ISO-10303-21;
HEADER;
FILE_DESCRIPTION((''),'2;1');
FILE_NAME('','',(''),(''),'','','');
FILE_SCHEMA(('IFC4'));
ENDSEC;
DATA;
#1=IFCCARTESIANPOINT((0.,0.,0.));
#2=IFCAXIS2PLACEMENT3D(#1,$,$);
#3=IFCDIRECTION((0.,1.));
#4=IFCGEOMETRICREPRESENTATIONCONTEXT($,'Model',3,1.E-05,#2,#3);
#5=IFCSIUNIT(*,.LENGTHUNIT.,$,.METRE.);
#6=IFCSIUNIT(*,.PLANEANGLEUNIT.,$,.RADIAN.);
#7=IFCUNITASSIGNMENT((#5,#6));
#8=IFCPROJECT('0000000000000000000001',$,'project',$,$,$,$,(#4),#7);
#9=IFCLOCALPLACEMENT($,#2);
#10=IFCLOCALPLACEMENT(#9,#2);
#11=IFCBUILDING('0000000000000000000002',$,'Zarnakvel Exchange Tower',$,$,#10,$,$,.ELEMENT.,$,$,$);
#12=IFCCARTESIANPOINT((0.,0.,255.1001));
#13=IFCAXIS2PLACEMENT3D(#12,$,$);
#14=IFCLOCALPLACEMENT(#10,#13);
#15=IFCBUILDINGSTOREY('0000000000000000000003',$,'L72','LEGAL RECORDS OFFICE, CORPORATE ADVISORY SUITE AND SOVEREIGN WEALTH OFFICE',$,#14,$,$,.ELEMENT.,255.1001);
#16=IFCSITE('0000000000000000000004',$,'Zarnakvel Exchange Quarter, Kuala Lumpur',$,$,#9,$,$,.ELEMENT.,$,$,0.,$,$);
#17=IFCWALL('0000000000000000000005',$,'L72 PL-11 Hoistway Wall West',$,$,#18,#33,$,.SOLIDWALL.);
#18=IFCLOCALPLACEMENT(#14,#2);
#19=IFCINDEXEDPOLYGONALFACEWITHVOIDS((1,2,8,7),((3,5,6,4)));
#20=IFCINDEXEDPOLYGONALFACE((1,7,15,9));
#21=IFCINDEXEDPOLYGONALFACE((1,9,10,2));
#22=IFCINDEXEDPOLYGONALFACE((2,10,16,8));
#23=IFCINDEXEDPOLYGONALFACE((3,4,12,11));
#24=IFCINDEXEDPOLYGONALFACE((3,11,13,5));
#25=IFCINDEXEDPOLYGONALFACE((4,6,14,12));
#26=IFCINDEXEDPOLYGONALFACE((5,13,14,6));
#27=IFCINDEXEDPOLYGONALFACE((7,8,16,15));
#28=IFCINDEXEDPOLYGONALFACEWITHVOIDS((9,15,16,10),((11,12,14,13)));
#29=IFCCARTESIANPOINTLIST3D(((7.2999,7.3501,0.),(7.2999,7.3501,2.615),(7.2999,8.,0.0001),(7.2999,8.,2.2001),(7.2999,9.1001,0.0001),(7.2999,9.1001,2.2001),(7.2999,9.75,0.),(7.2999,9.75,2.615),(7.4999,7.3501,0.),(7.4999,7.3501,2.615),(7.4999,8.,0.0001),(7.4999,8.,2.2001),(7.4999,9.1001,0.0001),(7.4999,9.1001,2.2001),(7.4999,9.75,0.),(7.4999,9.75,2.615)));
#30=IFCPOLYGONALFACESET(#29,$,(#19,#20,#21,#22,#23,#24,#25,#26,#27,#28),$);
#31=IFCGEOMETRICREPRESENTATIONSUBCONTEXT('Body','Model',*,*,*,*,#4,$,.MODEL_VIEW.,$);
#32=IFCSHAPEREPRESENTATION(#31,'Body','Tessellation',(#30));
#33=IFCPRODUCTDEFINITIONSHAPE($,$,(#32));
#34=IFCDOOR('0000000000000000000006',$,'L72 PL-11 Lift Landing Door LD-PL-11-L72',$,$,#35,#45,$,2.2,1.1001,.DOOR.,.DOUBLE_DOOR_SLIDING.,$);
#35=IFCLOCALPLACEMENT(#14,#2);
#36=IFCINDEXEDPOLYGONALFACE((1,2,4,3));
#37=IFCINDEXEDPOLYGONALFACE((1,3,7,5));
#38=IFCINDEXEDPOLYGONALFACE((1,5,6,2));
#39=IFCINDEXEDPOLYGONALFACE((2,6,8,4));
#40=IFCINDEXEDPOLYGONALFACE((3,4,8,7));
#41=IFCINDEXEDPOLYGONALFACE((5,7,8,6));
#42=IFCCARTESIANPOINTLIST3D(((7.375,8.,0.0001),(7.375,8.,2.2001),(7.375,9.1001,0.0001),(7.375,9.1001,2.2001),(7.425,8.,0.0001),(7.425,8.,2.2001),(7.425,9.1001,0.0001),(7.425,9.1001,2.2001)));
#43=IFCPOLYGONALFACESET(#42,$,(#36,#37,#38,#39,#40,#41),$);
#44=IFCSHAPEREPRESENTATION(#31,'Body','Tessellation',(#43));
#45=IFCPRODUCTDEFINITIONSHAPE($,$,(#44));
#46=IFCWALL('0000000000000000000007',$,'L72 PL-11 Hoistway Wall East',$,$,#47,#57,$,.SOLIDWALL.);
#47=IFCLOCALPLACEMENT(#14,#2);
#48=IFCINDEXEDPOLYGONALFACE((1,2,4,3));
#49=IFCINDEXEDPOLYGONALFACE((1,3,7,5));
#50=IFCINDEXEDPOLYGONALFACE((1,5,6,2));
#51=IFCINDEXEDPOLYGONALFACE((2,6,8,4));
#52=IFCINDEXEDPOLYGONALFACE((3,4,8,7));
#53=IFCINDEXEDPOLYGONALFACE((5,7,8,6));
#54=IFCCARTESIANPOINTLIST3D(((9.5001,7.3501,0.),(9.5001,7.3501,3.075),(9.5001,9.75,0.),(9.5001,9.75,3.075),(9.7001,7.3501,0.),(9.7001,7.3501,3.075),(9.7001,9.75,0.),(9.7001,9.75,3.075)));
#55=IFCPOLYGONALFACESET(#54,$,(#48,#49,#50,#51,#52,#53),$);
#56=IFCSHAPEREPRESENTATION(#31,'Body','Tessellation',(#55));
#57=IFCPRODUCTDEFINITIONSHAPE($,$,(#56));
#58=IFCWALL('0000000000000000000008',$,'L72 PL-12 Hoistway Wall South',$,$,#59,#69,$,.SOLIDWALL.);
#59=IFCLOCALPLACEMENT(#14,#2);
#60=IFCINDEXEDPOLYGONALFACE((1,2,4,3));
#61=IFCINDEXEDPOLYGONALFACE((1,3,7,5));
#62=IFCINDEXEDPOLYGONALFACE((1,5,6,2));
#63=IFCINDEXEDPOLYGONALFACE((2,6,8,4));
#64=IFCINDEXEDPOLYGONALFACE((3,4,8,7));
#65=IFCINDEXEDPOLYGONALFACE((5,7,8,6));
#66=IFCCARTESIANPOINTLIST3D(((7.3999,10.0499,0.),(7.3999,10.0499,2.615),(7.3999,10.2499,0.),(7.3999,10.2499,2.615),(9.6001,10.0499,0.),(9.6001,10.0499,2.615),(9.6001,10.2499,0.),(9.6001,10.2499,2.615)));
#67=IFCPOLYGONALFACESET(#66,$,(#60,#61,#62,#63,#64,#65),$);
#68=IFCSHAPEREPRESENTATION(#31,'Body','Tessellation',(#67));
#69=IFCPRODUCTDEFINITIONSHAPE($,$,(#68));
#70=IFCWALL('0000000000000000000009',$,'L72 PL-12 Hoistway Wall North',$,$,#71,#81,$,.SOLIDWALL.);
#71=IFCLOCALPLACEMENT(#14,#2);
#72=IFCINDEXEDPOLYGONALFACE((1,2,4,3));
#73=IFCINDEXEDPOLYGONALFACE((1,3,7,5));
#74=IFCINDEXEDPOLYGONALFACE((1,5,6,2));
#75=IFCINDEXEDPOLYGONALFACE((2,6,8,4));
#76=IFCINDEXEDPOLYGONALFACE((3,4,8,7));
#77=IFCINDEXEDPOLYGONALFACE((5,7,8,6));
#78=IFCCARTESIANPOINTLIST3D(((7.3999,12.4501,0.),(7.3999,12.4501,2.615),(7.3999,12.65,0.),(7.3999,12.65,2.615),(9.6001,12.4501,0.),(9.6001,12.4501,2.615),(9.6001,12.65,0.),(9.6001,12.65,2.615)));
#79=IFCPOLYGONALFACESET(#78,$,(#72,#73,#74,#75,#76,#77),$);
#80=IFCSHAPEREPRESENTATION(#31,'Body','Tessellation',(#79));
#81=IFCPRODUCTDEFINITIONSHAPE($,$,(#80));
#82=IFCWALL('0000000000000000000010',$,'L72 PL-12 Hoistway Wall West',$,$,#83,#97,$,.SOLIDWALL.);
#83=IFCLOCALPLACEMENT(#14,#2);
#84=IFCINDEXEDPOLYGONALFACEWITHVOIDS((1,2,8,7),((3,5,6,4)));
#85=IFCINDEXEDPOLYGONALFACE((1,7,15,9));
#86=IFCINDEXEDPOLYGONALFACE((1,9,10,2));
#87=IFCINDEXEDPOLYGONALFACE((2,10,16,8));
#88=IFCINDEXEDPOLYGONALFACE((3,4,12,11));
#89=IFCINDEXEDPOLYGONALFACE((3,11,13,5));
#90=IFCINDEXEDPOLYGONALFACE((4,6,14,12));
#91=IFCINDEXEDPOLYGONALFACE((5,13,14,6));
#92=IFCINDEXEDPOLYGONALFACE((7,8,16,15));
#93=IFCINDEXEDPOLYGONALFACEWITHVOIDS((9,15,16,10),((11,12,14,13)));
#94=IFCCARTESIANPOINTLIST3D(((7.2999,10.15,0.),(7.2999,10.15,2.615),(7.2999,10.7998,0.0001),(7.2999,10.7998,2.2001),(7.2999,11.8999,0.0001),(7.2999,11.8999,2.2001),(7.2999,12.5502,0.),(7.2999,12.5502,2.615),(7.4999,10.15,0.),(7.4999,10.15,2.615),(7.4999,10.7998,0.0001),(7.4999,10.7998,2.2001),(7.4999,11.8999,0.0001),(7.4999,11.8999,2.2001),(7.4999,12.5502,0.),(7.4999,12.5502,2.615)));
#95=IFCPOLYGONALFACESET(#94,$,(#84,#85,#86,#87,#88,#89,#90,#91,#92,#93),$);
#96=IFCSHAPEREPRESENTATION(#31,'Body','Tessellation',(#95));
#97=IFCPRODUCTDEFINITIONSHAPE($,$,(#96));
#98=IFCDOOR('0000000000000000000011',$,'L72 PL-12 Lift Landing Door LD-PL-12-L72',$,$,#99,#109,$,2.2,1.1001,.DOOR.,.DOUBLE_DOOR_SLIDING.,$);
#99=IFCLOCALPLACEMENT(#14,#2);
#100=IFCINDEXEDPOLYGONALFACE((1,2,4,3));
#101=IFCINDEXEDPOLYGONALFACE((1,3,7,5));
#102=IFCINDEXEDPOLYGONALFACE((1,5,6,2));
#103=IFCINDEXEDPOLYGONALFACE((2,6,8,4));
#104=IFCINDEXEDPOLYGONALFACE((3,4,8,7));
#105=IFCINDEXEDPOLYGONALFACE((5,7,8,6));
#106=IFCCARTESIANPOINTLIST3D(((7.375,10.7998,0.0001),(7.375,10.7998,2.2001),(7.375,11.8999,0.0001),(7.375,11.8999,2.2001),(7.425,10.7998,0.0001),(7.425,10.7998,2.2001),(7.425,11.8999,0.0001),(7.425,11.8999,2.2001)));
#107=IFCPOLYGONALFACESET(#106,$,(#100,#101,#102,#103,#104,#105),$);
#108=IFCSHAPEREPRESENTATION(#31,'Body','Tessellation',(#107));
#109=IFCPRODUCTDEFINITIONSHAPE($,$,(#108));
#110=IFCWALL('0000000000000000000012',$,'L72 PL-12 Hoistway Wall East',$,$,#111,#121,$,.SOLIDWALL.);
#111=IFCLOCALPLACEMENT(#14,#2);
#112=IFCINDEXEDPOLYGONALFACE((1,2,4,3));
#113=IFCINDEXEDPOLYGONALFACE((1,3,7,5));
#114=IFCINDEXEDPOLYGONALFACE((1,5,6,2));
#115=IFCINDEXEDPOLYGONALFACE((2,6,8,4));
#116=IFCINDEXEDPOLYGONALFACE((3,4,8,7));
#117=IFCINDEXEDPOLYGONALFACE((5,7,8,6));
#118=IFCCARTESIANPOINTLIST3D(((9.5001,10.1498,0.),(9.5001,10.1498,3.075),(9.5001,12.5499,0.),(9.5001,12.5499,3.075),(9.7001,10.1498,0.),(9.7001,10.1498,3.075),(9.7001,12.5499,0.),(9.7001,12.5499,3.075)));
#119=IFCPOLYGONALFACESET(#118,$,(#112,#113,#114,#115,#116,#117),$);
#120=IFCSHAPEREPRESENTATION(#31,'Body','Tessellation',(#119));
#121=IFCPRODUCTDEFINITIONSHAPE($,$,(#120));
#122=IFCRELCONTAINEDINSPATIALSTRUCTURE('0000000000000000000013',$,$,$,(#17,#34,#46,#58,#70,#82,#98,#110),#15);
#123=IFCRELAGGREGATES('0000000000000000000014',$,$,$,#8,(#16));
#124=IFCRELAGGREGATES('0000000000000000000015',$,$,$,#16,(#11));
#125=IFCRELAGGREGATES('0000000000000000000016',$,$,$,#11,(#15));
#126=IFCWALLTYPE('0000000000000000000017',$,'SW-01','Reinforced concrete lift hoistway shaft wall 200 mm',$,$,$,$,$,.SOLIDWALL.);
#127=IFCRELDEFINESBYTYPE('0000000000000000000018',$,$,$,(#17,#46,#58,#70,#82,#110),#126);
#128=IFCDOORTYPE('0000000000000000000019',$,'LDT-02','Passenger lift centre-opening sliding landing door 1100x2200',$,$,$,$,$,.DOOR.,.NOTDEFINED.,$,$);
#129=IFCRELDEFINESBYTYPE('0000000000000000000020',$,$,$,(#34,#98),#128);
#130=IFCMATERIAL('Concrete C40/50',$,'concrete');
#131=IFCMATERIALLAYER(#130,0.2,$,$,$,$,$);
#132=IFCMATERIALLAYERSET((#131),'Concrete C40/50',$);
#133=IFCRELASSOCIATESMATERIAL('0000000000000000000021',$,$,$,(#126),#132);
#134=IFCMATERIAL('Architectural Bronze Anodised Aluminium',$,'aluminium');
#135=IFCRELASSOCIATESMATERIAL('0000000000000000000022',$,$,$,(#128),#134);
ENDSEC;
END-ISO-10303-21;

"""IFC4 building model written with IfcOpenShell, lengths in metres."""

from ifc_helpers import new_model, si_unit, direction, frame, frame_2d, origin, place, context, subcontext, project, spatial, rectangle, extrude, source, transform, mapped, material, layer, layer_set, type_object, element, fill, save


model = new_model("IFC4")

# Units and contexts
model_context = context("Model", 3, precision=1e-05, world=origin(), true_north=direction((0.0, 1.0)))
body_context = subcontext(model_context, "Body", "Model", "MODEL_VIEW")
ifc_project = project(units=[si_unit("LENGTHUNIT", "METRE"), si_unit("PLANEANGLEUNIT", "RADIAN")], contexts=[model_context])

# Site, building, storey
site_placement = place(None, origin())
site = spatial("IfcSite", under=ifc_project, at=site_placement, Name="Zarnakvel Exchange Quarter, Kuala Lumpur", CompositionType="ELEMENT", RefElevation=0.0)
building_placement = place(site_placement, origin())
building = spatial("IfcBuilding", under=site, at=building_placement, Name="Zarnakvel Exchange Tower", CompositionType="ELEMENT")
storey_placement = place(building_placement, frame((0.0, 0.0, 255.1001)))
storey = spatial("IfcBuildingStorey", under=building, at=storey_placement, Name="L72", Description="LEGAL RECORDS OFFICE, CORPORATE ADVISORY SUITE AND SOVEREIGN WEALTH OFFICE", CompositionType="ELEMENT", Elevation=255.1001)

# Shared definitions
ifc_material_1 = material(Name="Architectural Bronze Anodised Aluminium", Category="aluminium")

# Shared definitions
ifc_material_2 = material(Name="Concrete C40/50", Category="concrete")
ifc_layer_1 = layer(ifc_material_2, 0.2)
ifc_layer_set_1 = layer_set([ifc_layer_1], Name="Concrete C40/50")
wall_type_1 = type_object("IfcWallType", Name="SW-01", Description="Reinforced concrete lift hoistway shaft wall 200 mm", PredefinedType="SOLIDWALL", material=ifc_layer_set_1)

# Wall, opening, door
wall_1_placement = place(storey_placement, frame((7.3999, 7.3501, 0.0), z_axis=(0.0, 0.0, 1.0), x_axis=(0.0, 1.0, 0.0)))
wall_1 = element("IfcWall", 1, at=wall_1_placement, inside=storey, type_object=wall_type_1, Name="L72 PL-11 Hoistway Wall West", PredefinedType="SOLIDWALL", context=body_context, shape_type="SweptSolid", body=[
    extrude(rectangle(XDim=2.3999, YDim=0.2, at=frame_2d((1.2, 0.0))), origin(), (0.0, 0.0, 1.0), 2.615),
])
opening_1_placement = place(wall_1_placement, frame((0.6499, 0.0, 0.0)))
opening_1 = element("IfcOpeningElement", 2, at=opening_1_placement, cuts=wall_1, PredefinedType="OPENING", context=body_context, shape_type="SweptSolid", body=[
    extrude(rectangle(XDim=1.1001, YDim=2.2, at=frame_2d((0.55, 1.1001))), frame((0.0, 0.1099, 0.0), z_axis=(0.0, -1.0, 0.0), x_axis=(1.0, 0.0, 0.0)), (0.0, 0.0, 1.0), 0.22),
])
door_type_1 = type_object("IfcDoorType", Name="LDT-02", Description="Passenger lift centre-opening sliding landing door 1100x2200", OperationType="NOTDEFINED", PredefinedType="DOOR", material=ifc_material_1)
shared_shape_1 = source(origin(), body_context, "Body", "SweptSolid", [
    extrude(rectangle(XDim=1.1001, YDim=2.2, at=frame_2d((0.55, 1.1001))), frame((0.0, 0.0249, 0.0), z_axis=(0.0, -1.0, 0.0), x_axis=(1.0, 0.0, 0.0)), (0.0, 0.0, 1.0), 0.05),
])
door_1_placement = place(opening_1_placement, origin())
door_1 = element("IfcDoor", 3, at=door_1_placement, inside=storey, type_object=door_type_1, Name="L72 PL-11 Lift Landing Door LD-PL-11-L72", OperationType="DOUBLE_DOOR_SLIDING", OverallHeight=2.2, OverallWidth=1.1001, PredefinedType="DOOR", context=body_context, shape_type="MappedRepresentation", body=[
    mapped(shared_shape_1, transform((0.0, 0.0, 0.0), x_axis=(1.0, 0.0, 0.0), y_axis=(0.0, 1.0, 0.0), z_axis=(0.0, 0.0, 1.0), scale=1.0)),
])
fill(opening_1, door_1)

# Walls
wall_2_placement = place(storey_placement, frame((9.6001, 9.75, 0.0), z_axis=(0.0, 0.0, 1.0), x_axis=(0.0, -1.0, 0.0)))
element("IfcWall", 4, at=wall_2_placement, inside=storey, type_object=wall_type_1, Name="L72 PL-11 Hoistway Wall East", PredefinedType="SOLIDWALL", context=body_context, shape_type="SweptSolid", body=[
    extrude(rectangle(XDim=2.3999, YDim=0.2, at=frame_2d((1.2, 0.0))), origin(), (0.0, 0.0, 1.0), 3.075),
])
for number, where, z_axis, x_axis, name in (
    (5, (9.6001, 10.1499, 0.0), (0.0, 0.0, 1.0), (-1.0, 0.0, 0.0), "L72 PL-12 Hoistway Wall South"),
    (6, (7.3999, 12.55, 0.0), (0.0, 0.0, 1.0), (1.0, 0.0, 0.0), "L72 PL-12 Hoistway Wall North"),
):
    element("IfcWall", number, at=place(storey_placement, frame(where, z_axis=z_axis, x_axis=x_axis)), inside=storey, type_object=wall_type_1, Name=name, PredefinedType="SOLIDWALL", context=body_context, shape_type="SweptSolid", body=[
        extrude(rectangle(XDim=2.2002, YDim=0.2, at=frame_2d((1.1001, 0.0))), origin(), (0.0, 0.0, 1.0), 2.615),
    ])

# Wall, opening, door
wall_3_placement = place(storey_placement, frame((7.3999, 10.1499, 0.0), z_axis=(0.0, 0.0, 1.0), x_axis=(0.0, 1.0, 0.0)))
wall_3 = element("IfcWall", 7, at=wall_3_placement, inside=storey, type_object=wall_type_1, Name="L72 PL-12 Hoistway Wall West", PredefinedType="SOLIDWALL", context=body_context, shape_type="SweptSolid", body=[
    extrude(rectangle(XDim=2.4001, YDim=0.2, at=frame_2d((1.2002, 0.0))), origin(), (0.0, 0.0, 1.0), 2.615),
])
opening_2_placement = place(wall_3_placement, frame((0.6499, 0.0, 0.0)))
opening_2 = element("IfcOpeningElement", 8, at=opening_2_placement, cuts=wall_3, PredefinedType="OPENING", context=body_context, shape_type="SweptSolid", body=[
    extrude(rectangle(XDim=1.1001, YDim=2.2, at=frame_2d((0.55, 1.1001))), frame((0.0, 0.1099, 0.0), z_axis=(0.0, -1.0, 0.0), x_axis=(1.0, 0.0, 0.0)), (0.0, 0.0, 1.0), 0.22),
])
door_2_placement = place(opening_2_placement, origin())
door_2 = element("IfcDoor", 9, at=door_2_placement, inside=storey, type_object=door_type_1, Name="L72 PL-12 Lift Landing Door LD-PL-12-L72", OperationType="DOUBLE_DOOR_SLIDING", OverallHeight=2.2, OverallWidth=1.1001, PredefinedType="DOOR", context=body_context, shape_type="MappedRepresentation", body=[
    mapped(shared_shape_1, transform((0.0, 0.0, 0.0), x_axis=(1.0, 0.0, 0.0), y_axis=(0.0, 1.0, 0.0), z_axis=(0.0, 0.0, 1.0), scale=1.0)),
])
fill(opening_2, door_2)

# Wall
wall_4_placement = place(storey_placement, frame((9.6001, 12.55, 0.0), z_axis=(0.0, 0.0, 1.0), x_axis=(0.0, -1.0, 0.0)))
element("IfcWall", 10, at=wall_4_placement, inside=storey, type_object=wall_type_1, Name="L72 PL-12 Hoistway Wall East", PredefinedType="SOLIDWALL", context=body_context, shape_type="SweptSolid", body=[
    extrude(rectangle(XDim=2.4001, YDim=0.2, at=frame_2d((1.2002, 0.0))), origin(), (0.0, 0.0, 1.0), 3.075),
])

save(model, "model.ifc")
